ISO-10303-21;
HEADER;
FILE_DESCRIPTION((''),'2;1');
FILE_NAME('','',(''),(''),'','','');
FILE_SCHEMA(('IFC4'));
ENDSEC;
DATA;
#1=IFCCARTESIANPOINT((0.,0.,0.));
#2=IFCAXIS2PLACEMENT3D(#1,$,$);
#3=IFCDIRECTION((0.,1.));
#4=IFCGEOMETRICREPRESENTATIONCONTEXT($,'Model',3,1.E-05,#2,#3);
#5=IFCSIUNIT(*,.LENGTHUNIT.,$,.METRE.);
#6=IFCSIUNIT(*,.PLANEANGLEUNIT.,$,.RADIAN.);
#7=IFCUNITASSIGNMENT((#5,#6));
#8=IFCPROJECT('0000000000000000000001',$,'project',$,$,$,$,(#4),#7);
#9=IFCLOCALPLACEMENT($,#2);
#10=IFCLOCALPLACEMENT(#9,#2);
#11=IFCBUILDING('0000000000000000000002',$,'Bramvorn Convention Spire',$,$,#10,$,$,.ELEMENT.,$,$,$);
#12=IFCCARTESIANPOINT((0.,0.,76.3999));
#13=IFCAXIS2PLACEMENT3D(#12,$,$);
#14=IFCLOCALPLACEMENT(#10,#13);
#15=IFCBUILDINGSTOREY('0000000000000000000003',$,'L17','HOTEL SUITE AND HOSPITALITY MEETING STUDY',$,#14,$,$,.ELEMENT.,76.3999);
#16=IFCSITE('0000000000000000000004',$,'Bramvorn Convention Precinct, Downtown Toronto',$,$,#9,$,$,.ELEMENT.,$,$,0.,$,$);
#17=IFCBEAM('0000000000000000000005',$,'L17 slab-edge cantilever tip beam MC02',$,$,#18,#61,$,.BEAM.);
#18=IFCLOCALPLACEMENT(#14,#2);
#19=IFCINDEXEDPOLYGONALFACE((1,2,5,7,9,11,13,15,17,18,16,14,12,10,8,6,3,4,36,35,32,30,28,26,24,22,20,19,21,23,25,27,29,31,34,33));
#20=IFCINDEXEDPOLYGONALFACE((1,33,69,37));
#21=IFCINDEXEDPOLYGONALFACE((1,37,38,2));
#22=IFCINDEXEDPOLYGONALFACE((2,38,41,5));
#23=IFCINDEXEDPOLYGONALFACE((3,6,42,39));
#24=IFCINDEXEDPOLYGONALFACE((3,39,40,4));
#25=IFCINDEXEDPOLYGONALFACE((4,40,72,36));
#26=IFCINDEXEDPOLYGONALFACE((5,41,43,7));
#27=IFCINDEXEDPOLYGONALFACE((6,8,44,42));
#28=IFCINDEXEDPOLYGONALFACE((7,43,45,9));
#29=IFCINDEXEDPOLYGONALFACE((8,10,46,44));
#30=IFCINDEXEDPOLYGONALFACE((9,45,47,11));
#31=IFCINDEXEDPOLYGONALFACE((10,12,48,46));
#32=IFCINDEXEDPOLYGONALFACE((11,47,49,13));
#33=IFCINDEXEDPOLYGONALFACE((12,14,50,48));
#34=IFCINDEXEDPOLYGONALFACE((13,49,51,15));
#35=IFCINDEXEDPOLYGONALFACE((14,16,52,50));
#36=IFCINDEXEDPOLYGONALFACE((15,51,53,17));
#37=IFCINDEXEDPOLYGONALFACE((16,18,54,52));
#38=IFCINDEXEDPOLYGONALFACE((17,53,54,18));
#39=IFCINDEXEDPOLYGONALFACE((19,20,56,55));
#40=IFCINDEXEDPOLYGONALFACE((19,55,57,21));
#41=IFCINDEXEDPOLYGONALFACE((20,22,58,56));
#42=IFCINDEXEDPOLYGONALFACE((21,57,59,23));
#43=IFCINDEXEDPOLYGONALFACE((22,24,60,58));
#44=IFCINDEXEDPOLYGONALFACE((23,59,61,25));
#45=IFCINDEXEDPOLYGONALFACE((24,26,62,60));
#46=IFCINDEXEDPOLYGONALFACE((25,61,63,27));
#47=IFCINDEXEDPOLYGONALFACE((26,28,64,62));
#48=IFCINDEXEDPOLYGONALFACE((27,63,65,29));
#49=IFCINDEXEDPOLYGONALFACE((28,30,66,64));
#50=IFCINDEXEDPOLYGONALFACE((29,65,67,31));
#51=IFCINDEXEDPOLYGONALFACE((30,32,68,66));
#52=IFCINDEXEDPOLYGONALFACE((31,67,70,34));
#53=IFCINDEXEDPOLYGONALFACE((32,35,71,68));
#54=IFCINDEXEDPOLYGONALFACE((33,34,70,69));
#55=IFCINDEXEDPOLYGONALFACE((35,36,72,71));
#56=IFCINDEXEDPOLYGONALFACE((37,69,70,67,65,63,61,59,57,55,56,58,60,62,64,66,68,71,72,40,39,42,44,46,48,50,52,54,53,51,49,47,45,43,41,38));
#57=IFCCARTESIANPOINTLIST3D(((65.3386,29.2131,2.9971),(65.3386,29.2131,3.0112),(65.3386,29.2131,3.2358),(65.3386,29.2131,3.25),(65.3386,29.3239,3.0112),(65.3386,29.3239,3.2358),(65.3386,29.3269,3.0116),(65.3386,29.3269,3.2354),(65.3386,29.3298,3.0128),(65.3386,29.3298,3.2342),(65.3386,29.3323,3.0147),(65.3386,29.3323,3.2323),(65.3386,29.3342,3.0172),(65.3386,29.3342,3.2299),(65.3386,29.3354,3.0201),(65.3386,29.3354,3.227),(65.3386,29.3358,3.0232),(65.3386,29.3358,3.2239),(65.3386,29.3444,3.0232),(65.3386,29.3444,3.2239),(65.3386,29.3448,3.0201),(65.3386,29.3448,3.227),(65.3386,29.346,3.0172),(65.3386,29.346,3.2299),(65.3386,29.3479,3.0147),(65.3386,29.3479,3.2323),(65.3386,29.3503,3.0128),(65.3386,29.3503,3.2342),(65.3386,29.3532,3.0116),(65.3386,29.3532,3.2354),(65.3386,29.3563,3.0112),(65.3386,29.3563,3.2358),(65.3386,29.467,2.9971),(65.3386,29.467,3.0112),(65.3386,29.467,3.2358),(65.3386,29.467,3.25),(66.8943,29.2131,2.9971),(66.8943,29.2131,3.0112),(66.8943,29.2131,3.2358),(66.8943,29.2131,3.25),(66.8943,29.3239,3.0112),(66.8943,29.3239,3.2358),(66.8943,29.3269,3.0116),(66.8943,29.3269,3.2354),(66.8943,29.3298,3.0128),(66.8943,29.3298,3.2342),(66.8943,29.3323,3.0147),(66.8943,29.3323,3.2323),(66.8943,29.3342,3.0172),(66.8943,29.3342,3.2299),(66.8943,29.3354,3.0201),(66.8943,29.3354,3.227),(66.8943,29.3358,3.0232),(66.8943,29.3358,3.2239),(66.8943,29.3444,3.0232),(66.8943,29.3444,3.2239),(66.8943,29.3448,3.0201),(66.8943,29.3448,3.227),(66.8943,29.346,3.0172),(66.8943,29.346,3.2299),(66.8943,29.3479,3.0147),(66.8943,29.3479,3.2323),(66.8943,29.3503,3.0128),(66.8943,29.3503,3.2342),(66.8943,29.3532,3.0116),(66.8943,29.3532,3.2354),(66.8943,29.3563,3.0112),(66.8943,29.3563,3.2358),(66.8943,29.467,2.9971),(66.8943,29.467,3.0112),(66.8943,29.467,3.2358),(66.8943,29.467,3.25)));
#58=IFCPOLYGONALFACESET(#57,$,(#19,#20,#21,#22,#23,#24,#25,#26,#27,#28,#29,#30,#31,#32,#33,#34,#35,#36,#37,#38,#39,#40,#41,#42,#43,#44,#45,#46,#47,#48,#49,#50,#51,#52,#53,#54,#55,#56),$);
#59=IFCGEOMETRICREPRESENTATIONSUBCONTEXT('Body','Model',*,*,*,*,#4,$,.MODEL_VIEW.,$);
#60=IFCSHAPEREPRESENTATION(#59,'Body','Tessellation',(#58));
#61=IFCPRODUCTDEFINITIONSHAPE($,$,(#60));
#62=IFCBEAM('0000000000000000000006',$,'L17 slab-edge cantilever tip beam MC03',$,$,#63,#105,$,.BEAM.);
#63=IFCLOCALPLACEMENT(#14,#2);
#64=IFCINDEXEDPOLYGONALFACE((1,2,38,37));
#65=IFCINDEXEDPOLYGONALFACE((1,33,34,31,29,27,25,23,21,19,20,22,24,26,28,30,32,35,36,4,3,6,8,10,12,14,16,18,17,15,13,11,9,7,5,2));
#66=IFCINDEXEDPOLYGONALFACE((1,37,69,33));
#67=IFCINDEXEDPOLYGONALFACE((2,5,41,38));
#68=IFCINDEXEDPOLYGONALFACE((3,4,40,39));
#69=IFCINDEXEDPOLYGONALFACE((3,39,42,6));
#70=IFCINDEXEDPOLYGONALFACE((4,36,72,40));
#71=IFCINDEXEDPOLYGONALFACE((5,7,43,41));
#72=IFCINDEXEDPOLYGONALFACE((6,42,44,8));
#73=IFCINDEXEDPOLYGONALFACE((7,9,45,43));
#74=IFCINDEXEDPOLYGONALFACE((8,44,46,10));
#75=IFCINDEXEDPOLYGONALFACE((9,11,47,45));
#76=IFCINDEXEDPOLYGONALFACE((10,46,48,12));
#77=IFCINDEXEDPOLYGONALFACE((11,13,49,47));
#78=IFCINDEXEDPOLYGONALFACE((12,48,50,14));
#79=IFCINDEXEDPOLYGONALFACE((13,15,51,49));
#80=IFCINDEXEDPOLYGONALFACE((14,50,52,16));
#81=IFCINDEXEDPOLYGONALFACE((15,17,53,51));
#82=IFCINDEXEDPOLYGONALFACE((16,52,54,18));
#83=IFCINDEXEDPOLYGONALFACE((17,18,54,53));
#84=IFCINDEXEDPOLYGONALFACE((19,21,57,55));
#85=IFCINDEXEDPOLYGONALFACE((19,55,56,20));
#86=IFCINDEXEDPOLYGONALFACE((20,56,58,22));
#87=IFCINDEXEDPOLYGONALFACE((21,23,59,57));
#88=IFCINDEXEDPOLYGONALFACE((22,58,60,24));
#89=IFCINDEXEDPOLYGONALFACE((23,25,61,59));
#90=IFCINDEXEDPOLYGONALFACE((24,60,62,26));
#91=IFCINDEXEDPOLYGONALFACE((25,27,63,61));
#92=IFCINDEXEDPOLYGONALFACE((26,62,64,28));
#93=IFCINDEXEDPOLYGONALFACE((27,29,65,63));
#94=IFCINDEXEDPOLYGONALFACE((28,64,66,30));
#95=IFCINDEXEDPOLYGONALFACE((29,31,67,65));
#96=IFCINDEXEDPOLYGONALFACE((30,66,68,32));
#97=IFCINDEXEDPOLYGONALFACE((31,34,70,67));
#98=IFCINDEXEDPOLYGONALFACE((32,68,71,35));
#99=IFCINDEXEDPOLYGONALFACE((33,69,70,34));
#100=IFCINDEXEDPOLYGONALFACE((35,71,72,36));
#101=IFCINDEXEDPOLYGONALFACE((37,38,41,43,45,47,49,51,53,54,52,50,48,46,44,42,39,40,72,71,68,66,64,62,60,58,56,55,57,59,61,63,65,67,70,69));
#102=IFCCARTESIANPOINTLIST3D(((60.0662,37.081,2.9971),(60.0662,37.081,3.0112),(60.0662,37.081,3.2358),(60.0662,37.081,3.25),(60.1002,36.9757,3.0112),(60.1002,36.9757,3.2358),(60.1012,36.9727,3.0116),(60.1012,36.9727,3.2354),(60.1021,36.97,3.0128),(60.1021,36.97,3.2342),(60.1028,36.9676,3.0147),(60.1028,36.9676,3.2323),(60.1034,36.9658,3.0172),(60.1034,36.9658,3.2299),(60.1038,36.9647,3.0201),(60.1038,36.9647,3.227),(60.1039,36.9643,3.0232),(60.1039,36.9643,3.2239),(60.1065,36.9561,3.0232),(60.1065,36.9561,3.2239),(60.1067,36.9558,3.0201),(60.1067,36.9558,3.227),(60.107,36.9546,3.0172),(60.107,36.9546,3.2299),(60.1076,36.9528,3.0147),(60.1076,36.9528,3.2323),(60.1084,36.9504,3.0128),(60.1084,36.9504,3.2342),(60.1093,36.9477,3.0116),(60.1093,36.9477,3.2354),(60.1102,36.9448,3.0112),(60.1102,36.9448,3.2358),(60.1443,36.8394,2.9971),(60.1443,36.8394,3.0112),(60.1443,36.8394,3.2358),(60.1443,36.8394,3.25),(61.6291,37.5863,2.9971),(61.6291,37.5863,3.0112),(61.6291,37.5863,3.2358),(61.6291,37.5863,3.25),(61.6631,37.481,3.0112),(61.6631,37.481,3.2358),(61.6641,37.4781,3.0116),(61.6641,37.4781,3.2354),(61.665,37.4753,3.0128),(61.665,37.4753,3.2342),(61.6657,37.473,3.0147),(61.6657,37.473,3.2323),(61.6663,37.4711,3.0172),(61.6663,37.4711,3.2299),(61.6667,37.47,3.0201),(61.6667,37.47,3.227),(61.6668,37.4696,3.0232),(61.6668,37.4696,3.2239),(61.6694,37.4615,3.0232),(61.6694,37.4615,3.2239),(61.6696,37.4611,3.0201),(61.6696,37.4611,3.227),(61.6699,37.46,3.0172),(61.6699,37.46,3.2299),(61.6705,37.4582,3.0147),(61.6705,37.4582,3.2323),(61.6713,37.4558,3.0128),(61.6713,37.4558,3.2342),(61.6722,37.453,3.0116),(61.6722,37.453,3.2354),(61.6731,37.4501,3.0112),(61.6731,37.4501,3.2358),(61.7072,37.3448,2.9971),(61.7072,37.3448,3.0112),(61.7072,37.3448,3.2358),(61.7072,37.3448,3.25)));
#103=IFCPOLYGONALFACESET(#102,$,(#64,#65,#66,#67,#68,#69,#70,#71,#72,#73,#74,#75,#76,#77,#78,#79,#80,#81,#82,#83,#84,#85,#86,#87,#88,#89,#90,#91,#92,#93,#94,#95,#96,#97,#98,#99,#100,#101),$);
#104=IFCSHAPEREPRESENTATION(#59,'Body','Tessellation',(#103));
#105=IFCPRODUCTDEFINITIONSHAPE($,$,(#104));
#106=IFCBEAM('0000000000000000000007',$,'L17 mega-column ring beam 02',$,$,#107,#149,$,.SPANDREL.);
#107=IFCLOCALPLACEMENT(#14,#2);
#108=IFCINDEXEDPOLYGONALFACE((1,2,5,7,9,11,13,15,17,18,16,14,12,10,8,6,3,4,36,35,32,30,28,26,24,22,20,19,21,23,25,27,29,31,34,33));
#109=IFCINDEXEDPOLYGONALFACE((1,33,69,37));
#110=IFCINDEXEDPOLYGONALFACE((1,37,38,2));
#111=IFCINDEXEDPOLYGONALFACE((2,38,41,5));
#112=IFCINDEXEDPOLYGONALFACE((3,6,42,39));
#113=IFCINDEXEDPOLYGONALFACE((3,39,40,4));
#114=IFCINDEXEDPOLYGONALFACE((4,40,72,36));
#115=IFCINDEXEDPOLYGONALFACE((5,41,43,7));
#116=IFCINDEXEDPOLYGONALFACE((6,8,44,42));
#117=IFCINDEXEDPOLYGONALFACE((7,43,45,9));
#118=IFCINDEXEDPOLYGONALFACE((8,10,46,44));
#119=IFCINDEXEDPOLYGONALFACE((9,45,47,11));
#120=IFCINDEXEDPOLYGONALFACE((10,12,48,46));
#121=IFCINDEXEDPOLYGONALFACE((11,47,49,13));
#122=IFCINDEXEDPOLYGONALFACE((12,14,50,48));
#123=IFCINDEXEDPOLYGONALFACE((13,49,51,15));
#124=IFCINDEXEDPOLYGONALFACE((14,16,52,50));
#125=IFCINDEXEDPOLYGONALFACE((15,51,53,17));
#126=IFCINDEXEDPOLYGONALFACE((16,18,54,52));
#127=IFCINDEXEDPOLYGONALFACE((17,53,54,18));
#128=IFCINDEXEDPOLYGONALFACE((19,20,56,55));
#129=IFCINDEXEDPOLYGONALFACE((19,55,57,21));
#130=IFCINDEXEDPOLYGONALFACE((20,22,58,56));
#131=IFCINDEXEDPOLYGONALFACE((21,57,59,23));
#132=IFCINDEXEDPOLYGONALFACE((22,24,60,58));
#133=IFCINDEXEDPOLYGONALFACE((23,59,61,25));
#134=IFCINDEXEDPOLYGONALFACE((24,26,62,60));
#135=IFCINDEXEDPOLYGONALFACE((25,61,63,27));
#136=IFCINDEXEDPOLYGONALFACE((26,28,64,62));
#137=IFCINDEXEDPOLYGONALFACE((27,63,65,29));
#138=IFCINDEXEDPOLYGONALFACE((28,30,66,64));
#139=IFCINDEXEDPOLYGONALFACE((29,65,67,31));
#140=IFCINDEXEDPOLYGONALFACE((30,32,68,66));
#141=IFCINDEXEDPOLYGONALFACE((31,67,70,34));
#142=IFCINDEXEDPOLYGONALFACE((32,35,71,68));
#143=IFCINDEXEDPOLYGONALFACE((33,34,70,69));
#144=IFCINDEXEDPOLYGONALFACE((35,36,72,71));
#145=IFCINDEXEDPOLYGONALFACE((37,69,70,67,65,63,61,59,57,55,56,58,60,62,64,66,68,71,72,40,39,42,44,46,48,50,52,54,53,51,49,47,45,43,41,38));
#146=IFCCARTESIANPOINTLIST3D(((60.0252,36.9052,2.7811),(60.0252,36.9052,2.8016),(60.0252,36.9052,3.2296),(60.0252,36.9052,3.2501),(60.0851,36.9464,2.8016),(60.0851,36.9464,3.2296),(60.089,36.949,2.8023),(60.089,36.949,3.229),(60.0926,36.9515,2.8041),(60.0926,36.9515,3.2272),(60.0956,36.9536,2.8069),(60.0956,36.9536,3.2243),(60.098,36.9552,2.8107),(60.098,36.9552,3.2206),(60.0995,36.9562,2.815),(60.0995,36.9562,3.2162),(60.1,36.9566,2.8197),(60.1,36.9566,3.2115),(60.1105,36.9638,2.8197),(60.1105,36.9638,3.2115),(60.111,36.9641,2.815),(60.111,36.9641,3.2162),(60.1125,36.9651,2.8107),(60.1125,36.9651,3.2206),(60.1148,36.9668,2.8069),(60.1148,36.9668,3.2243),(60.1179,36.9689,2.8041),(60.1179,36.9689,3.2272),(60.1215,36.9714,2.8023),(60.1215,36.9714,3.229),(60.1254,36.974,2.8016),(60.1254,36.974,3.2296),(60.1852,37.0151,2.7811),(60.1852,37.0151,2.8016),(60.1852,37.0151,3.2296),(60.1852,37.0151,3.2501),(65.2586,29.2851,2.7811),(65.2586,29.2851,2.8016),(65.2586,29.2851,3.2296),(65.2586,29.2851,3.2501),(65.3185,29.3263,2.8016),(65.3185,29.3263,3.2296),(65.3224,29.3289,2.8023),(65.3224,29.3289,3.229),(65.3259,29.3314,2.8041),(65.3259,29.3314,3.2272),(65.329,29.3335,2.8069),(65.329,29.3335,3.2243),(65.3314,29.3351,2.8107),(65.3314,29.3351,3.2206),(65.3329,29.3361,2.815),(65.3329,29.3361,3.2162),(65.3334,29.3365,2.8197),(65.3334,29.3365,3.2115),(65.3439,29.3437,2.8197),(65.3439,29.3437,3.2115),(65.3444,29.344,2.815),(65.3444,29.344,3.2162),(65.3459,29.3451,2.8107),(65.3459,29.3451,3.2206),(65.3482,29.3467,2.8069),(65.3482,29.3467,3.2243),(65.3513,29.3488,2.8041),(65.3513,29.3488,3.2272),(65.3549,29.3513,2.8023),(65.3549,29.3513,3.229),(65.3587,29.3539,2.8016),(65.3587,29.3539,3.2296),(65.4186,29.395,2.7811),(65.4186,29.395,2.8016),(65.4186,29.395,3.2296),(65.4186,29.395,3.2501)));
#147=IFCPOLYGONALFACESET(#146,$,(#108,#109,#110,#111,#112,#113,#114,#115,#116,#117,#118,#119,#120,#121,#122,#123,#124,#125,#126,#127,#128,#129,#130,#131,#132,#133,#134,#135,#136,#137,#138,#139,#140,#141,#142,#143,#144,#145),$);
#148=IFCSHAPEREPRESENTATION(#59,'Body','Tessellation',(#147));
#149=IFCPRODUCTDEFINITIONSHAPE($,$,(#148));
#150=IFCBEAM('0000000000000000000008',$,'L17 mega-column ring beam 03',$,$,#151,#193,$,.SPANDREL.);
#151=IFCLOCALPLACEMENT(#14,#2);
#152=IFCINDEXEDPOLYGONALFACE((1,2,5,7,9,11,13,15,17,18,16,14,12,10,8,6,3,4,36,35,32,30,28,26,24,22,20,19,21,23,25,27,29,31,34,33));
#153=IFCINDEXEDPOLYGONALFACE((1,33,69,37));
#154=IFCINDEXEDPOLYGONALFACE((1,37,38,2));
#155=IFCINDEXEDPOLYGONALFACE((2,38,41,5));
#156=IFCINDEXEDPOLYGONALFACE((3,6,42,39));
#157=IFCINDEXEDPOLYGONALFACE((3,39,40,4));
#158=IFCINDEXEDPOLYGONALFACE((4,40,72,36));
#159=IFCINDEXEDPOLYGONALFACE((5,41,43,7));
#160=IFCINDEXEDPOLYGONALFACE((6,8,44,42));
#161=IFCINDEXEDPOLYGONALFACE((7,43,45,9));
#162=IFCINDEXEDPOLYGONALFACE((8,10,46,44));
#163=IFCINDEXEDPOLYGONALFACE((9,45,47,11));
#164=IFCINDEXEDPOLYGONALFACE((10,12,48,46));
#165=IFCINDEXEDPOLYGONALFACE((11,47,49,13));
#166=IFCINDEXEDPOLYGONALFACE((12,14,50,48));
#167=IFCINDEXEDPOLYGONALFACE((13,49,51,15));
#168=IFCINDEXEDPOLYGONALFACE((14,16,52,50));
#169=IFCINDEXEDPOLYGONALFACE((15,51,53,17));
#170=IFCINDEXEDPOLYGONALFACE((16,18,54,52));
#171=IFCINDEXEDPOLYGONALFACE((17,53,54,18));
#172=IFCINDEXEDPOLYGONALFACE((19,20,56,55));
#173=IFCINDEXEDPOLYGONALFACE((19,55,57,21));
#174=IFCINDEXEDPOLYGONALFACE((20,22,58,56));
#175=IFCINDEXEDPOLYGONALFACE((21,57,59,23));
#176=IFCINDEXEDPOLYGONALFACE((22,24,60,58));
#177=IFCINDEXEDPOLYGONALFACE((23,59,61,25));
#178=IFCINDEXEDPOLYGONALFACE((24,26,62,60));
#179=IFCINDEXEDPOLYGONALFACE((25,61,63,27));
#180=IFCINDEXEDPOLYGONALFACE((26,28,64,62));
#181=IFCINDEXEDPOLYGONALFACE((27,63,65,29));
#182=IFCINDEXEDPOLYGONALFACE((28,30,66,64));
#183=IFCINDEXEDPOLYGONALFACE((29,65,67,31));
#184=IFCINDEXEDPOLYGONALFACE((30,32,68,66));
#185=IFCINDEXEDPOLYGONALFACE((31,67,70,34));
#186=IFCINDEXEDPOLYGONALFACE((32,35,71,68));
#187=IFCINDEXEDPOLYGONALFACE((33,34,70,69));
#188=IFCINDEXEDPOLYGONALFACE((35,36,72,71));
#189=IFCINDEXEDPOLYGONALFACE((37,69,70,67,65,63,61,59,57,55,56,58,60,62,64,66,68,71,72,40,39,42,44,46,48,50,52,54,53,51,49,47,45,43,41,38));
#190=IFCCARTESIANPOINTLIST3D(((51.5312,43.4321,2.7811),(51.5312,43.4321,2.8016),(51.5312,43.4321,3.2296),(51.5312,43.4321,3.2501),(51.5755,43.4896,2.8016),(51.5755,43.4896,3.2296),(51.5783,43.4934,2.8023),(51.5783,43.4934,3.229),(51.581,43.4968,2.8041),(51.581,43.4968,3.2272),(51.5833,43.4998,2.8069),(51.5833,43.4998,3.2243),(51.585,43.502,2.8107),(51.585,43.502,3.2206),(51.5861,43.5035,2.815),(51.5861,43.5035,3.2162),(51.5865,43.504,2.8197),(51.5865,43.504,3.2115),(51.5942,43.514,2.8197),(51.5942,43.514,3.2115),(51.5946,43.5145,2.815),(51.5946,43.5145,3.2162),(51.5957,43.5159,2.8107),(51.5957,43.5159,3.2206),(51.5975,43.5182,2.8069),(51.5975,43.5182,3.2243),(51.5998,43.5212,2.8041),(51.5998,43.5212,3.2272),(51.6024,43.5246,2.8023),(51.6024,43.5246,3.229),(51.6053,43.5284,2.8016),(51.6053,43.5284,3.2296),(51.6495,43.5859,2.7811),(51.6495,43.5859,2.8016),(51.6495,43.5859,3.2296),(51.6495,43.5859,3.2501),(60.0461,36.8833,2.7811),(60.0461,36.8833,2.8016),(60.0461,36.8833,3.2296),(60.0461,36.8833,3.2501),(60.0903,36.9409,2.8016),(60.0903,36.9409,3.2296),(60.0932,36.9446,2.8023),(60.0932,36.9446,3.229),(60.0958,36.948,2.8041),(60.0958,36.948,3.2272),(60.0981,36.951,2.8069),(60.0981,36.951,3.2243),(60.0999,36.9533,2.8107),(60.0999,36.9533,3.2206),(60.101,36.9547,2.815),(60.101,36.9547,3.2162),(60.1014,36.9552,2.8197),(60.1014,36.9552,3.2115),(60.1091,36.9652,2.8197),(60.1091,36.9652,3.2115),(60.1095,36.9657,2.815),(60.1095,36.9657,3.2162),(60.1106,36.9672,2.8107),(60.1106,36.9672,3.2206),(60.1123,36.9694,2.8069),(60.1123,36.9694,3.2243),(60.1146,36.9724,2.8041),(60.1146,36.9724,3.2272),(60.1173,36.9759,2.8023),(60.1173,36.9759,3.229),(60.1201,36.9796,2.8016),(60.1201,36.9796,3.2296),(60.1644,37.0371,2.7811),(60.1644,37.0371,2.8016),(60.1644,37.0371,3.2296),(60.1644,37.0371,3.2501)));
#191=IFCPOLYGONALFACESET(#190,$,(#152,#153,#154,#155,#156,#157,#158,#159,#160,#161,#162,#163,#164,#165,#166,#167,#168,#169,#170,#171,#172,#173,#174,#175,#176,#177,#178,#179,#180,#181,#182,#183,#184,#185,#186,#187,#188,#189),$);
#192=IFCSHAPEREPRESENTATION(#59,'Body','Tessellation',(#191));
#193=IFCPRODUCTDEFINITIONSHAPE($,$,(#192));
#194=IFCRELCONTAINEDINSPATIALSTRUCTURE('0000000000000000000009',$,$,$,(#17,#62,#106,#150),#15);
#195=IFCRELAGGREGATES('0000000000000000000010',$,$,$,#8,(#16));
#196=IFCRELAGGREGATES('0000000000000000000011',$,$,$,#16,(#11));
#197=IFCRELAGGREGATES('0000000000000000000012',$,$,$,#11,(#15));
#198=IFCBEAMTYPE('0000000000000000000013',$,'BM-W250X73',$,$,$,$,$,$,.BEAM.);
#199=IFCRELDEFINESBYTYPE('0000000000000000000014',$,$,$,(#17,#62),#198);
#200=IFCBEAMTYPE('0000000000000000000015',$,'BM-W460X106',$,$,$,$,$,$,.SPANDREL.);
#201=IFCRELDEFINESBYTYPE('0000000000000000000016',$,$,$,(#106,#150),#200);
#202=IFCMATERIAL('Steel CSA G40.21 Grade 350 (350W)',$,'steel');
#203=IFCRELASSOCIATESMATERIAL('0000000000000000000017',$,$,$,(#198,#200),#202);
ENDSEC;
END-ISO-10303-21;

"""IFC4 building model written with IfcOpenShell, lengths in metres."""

from ifc_helpers import new_model, si_unit, direction, frame, origin, origin_2d, place, context, subcontext, project, spatial, i_section, extrude, material, material_profile, profile_set, type_object, element, save


model = new_model("IFC4")

# Units and contexts
model_context = context("Model", 3, precision=1e-05, world=origin(), true_north=direction((0.0, 1.0)))
body_context = subcontext(model_context, "Body", "Model", "MODEL_VIEW")
ifc_project = project(units=[si_unit("LENGTHUNIT", "METRE"), si_unit("PLANEANGLEUNIT", "RADIAN")], contexts=[model_context])

# Site, building, storey
site_placement = place(None, origin())
site = spatial("IfcSite", under=ifc_project, at=site_placement, Name="Bramvorn Convention Precinct, Downtown Toronto", CompositionType="ELEMENT", RefElevation=0.0)
building_placement = place(site_placement, origin())
building = spatial("IfcBuilding", under=site, at=building_placement, Name="Bramvorn Convention Spire", CompositionType="ELEMENT")
storey_placement = place(building_placement, frame((0.0, 0.0, 76.3999)))
storey = spatial("IfcBuildingStorey", under=building, at=storey_placement, Name="L17", Description="HOTEL SUITE AND HOSPITALITY MEETING STUDY", CompositionType="ELEMENT", Elevation=76.3999)

# Shared definitions
ifc_material_1 = material(Name="Steel CSA G40.21 Grade 350 (350W)", Category="steel")

# Beams
ifc_material_profile_1 = material_profile(ifc_material_1, i_section(OverallWidth=0.2539, OverallDepth=0.2529, WebThickness=0.0085, FlangeThickness=0.0142, FilletRadius=0.012, at=origin_2d()))
ifc_profile_set_1 = profile_set([ifc_material_profile_1], Name="Steel CSA G40.21 Grade 350 (350W) - W250X73")
beam_type_1 = type_object("IfcBeamType", Name="BM-W250X73", PredefinedType="BEAM", material=ifc_profile_set_1)
beam_1_placement = place(storey_placement, frame((65.3386, 29.3401, 3.1235), z_axis=(1.0, 0.0, 0.0), x_axis=(0.0, 1.0, 0.0)))
element("IfcBeam", 1, at=beam_1_placement, inside=storey, type_object=beam_type_1, Name="L17 slab-edge cantilever tip beam MC02", PredefinedType="BEAM", context=body_context, shape_type="SweptSolid", body=[
    extrude(i_section(OverallWidth=0.2539, OverallDepth=0.2529, WebThickness=0.0085, FlangeThickness=0.0142, FilletRadius=0.012, at=origin_2d()), origin(), (0.0, 0.0, 1.0), 1.5557),
])
beam_2_placement = place(storey_placement, frame((60.1052, 36.9602, 3.1235), z_axis=(0.951498, 0.307654, 0.0), x_axis=(-0.307654, 0.951498, 0.0)))
element("IfcBeam", 2, at=beam_2_placement, inside=storey, type_object=beam_type_1, Name="L17 slab-edge cantilever tip beam MC03", PredefinedType="BEAM", context=body_context, shape_type="SweptSolid", body=[
    extrude(i_section(OverallWidth=0.2539, OverallDepth=0.2529, WebThickness=0.0085, FlangeThickness=0.0142, FilletRadius=0.012, at=origin_2d()), origin(), (0.0, 0.0, 1.0), 1.6426),
])
ifc_material_profile_2 = material_profile(ifc_material_1, i_section(OverallWidth=0.1941, OverallDepth=0.469, WebThickness=0.0127, FlangeThickness=0.0205, FilletRadius=0.0181, at=origin_2d()))
ifc_profile_set_2 = profile_set([ifc_material_profile_2], Name="Steel CSA G40.21 Grade 350 (350W) - W460X106")
beam_type_2 = type_object("IfcBeamType", Name="BM-W460X106", PredefinedType="SPANDREL", material=ifc_profile_set_2)
beam_3_placement = place(storey_placement, frame((65.3386, 29.3401, 3.0156), z_axis=(-0.56613, 0.824316, 0.0), x_axis=(-0.824316, -0.56613, 0.0)))
element("IfcBeam", 3, at=beam_3_placement, inside=storey, type_object=beam_type_2, Name="L17 mega-column ring beam 02", PredefinedType="SPANDREL", context=body_context, shape_type="SweptSolid", body=[
    extrude(i_section(OverallWidth=0.1941, OverallDepth=0.469, WebThickness=0.0127, FlangeThickness=0.0205, FilletRadius=0.0181, at=origin_2d()), origin(), (0.0, 0.0, 1.0), 9.2441),
])
beam_4_placement = place(storey_placement, frame((60.1052, 36.9602, 3.0156), z_axis=(-0.792673, 0.609647, 0.0), x_axis=(-0.609647, -0.792673, 0.0)))
element("IfcBeam", 4, at=beam_4_placement, inside=storey, type_object=beam_type_2, Name="L17 mega-column ring beam 03", PredefinedType="SPANDREL", context=body_context, shape_type="SweptSolid", body=[
    extrude(i_section(OverallWidth=0.1941, OverallDepth=0.469, WebThickness=0.0127, FlangeThickness=0.0205, FilletRadius=0.0181, at=origin_2d()), origin(), (0.0, 0.0, 1.0), 10.7419),
])

save(model, "model.ifc")
